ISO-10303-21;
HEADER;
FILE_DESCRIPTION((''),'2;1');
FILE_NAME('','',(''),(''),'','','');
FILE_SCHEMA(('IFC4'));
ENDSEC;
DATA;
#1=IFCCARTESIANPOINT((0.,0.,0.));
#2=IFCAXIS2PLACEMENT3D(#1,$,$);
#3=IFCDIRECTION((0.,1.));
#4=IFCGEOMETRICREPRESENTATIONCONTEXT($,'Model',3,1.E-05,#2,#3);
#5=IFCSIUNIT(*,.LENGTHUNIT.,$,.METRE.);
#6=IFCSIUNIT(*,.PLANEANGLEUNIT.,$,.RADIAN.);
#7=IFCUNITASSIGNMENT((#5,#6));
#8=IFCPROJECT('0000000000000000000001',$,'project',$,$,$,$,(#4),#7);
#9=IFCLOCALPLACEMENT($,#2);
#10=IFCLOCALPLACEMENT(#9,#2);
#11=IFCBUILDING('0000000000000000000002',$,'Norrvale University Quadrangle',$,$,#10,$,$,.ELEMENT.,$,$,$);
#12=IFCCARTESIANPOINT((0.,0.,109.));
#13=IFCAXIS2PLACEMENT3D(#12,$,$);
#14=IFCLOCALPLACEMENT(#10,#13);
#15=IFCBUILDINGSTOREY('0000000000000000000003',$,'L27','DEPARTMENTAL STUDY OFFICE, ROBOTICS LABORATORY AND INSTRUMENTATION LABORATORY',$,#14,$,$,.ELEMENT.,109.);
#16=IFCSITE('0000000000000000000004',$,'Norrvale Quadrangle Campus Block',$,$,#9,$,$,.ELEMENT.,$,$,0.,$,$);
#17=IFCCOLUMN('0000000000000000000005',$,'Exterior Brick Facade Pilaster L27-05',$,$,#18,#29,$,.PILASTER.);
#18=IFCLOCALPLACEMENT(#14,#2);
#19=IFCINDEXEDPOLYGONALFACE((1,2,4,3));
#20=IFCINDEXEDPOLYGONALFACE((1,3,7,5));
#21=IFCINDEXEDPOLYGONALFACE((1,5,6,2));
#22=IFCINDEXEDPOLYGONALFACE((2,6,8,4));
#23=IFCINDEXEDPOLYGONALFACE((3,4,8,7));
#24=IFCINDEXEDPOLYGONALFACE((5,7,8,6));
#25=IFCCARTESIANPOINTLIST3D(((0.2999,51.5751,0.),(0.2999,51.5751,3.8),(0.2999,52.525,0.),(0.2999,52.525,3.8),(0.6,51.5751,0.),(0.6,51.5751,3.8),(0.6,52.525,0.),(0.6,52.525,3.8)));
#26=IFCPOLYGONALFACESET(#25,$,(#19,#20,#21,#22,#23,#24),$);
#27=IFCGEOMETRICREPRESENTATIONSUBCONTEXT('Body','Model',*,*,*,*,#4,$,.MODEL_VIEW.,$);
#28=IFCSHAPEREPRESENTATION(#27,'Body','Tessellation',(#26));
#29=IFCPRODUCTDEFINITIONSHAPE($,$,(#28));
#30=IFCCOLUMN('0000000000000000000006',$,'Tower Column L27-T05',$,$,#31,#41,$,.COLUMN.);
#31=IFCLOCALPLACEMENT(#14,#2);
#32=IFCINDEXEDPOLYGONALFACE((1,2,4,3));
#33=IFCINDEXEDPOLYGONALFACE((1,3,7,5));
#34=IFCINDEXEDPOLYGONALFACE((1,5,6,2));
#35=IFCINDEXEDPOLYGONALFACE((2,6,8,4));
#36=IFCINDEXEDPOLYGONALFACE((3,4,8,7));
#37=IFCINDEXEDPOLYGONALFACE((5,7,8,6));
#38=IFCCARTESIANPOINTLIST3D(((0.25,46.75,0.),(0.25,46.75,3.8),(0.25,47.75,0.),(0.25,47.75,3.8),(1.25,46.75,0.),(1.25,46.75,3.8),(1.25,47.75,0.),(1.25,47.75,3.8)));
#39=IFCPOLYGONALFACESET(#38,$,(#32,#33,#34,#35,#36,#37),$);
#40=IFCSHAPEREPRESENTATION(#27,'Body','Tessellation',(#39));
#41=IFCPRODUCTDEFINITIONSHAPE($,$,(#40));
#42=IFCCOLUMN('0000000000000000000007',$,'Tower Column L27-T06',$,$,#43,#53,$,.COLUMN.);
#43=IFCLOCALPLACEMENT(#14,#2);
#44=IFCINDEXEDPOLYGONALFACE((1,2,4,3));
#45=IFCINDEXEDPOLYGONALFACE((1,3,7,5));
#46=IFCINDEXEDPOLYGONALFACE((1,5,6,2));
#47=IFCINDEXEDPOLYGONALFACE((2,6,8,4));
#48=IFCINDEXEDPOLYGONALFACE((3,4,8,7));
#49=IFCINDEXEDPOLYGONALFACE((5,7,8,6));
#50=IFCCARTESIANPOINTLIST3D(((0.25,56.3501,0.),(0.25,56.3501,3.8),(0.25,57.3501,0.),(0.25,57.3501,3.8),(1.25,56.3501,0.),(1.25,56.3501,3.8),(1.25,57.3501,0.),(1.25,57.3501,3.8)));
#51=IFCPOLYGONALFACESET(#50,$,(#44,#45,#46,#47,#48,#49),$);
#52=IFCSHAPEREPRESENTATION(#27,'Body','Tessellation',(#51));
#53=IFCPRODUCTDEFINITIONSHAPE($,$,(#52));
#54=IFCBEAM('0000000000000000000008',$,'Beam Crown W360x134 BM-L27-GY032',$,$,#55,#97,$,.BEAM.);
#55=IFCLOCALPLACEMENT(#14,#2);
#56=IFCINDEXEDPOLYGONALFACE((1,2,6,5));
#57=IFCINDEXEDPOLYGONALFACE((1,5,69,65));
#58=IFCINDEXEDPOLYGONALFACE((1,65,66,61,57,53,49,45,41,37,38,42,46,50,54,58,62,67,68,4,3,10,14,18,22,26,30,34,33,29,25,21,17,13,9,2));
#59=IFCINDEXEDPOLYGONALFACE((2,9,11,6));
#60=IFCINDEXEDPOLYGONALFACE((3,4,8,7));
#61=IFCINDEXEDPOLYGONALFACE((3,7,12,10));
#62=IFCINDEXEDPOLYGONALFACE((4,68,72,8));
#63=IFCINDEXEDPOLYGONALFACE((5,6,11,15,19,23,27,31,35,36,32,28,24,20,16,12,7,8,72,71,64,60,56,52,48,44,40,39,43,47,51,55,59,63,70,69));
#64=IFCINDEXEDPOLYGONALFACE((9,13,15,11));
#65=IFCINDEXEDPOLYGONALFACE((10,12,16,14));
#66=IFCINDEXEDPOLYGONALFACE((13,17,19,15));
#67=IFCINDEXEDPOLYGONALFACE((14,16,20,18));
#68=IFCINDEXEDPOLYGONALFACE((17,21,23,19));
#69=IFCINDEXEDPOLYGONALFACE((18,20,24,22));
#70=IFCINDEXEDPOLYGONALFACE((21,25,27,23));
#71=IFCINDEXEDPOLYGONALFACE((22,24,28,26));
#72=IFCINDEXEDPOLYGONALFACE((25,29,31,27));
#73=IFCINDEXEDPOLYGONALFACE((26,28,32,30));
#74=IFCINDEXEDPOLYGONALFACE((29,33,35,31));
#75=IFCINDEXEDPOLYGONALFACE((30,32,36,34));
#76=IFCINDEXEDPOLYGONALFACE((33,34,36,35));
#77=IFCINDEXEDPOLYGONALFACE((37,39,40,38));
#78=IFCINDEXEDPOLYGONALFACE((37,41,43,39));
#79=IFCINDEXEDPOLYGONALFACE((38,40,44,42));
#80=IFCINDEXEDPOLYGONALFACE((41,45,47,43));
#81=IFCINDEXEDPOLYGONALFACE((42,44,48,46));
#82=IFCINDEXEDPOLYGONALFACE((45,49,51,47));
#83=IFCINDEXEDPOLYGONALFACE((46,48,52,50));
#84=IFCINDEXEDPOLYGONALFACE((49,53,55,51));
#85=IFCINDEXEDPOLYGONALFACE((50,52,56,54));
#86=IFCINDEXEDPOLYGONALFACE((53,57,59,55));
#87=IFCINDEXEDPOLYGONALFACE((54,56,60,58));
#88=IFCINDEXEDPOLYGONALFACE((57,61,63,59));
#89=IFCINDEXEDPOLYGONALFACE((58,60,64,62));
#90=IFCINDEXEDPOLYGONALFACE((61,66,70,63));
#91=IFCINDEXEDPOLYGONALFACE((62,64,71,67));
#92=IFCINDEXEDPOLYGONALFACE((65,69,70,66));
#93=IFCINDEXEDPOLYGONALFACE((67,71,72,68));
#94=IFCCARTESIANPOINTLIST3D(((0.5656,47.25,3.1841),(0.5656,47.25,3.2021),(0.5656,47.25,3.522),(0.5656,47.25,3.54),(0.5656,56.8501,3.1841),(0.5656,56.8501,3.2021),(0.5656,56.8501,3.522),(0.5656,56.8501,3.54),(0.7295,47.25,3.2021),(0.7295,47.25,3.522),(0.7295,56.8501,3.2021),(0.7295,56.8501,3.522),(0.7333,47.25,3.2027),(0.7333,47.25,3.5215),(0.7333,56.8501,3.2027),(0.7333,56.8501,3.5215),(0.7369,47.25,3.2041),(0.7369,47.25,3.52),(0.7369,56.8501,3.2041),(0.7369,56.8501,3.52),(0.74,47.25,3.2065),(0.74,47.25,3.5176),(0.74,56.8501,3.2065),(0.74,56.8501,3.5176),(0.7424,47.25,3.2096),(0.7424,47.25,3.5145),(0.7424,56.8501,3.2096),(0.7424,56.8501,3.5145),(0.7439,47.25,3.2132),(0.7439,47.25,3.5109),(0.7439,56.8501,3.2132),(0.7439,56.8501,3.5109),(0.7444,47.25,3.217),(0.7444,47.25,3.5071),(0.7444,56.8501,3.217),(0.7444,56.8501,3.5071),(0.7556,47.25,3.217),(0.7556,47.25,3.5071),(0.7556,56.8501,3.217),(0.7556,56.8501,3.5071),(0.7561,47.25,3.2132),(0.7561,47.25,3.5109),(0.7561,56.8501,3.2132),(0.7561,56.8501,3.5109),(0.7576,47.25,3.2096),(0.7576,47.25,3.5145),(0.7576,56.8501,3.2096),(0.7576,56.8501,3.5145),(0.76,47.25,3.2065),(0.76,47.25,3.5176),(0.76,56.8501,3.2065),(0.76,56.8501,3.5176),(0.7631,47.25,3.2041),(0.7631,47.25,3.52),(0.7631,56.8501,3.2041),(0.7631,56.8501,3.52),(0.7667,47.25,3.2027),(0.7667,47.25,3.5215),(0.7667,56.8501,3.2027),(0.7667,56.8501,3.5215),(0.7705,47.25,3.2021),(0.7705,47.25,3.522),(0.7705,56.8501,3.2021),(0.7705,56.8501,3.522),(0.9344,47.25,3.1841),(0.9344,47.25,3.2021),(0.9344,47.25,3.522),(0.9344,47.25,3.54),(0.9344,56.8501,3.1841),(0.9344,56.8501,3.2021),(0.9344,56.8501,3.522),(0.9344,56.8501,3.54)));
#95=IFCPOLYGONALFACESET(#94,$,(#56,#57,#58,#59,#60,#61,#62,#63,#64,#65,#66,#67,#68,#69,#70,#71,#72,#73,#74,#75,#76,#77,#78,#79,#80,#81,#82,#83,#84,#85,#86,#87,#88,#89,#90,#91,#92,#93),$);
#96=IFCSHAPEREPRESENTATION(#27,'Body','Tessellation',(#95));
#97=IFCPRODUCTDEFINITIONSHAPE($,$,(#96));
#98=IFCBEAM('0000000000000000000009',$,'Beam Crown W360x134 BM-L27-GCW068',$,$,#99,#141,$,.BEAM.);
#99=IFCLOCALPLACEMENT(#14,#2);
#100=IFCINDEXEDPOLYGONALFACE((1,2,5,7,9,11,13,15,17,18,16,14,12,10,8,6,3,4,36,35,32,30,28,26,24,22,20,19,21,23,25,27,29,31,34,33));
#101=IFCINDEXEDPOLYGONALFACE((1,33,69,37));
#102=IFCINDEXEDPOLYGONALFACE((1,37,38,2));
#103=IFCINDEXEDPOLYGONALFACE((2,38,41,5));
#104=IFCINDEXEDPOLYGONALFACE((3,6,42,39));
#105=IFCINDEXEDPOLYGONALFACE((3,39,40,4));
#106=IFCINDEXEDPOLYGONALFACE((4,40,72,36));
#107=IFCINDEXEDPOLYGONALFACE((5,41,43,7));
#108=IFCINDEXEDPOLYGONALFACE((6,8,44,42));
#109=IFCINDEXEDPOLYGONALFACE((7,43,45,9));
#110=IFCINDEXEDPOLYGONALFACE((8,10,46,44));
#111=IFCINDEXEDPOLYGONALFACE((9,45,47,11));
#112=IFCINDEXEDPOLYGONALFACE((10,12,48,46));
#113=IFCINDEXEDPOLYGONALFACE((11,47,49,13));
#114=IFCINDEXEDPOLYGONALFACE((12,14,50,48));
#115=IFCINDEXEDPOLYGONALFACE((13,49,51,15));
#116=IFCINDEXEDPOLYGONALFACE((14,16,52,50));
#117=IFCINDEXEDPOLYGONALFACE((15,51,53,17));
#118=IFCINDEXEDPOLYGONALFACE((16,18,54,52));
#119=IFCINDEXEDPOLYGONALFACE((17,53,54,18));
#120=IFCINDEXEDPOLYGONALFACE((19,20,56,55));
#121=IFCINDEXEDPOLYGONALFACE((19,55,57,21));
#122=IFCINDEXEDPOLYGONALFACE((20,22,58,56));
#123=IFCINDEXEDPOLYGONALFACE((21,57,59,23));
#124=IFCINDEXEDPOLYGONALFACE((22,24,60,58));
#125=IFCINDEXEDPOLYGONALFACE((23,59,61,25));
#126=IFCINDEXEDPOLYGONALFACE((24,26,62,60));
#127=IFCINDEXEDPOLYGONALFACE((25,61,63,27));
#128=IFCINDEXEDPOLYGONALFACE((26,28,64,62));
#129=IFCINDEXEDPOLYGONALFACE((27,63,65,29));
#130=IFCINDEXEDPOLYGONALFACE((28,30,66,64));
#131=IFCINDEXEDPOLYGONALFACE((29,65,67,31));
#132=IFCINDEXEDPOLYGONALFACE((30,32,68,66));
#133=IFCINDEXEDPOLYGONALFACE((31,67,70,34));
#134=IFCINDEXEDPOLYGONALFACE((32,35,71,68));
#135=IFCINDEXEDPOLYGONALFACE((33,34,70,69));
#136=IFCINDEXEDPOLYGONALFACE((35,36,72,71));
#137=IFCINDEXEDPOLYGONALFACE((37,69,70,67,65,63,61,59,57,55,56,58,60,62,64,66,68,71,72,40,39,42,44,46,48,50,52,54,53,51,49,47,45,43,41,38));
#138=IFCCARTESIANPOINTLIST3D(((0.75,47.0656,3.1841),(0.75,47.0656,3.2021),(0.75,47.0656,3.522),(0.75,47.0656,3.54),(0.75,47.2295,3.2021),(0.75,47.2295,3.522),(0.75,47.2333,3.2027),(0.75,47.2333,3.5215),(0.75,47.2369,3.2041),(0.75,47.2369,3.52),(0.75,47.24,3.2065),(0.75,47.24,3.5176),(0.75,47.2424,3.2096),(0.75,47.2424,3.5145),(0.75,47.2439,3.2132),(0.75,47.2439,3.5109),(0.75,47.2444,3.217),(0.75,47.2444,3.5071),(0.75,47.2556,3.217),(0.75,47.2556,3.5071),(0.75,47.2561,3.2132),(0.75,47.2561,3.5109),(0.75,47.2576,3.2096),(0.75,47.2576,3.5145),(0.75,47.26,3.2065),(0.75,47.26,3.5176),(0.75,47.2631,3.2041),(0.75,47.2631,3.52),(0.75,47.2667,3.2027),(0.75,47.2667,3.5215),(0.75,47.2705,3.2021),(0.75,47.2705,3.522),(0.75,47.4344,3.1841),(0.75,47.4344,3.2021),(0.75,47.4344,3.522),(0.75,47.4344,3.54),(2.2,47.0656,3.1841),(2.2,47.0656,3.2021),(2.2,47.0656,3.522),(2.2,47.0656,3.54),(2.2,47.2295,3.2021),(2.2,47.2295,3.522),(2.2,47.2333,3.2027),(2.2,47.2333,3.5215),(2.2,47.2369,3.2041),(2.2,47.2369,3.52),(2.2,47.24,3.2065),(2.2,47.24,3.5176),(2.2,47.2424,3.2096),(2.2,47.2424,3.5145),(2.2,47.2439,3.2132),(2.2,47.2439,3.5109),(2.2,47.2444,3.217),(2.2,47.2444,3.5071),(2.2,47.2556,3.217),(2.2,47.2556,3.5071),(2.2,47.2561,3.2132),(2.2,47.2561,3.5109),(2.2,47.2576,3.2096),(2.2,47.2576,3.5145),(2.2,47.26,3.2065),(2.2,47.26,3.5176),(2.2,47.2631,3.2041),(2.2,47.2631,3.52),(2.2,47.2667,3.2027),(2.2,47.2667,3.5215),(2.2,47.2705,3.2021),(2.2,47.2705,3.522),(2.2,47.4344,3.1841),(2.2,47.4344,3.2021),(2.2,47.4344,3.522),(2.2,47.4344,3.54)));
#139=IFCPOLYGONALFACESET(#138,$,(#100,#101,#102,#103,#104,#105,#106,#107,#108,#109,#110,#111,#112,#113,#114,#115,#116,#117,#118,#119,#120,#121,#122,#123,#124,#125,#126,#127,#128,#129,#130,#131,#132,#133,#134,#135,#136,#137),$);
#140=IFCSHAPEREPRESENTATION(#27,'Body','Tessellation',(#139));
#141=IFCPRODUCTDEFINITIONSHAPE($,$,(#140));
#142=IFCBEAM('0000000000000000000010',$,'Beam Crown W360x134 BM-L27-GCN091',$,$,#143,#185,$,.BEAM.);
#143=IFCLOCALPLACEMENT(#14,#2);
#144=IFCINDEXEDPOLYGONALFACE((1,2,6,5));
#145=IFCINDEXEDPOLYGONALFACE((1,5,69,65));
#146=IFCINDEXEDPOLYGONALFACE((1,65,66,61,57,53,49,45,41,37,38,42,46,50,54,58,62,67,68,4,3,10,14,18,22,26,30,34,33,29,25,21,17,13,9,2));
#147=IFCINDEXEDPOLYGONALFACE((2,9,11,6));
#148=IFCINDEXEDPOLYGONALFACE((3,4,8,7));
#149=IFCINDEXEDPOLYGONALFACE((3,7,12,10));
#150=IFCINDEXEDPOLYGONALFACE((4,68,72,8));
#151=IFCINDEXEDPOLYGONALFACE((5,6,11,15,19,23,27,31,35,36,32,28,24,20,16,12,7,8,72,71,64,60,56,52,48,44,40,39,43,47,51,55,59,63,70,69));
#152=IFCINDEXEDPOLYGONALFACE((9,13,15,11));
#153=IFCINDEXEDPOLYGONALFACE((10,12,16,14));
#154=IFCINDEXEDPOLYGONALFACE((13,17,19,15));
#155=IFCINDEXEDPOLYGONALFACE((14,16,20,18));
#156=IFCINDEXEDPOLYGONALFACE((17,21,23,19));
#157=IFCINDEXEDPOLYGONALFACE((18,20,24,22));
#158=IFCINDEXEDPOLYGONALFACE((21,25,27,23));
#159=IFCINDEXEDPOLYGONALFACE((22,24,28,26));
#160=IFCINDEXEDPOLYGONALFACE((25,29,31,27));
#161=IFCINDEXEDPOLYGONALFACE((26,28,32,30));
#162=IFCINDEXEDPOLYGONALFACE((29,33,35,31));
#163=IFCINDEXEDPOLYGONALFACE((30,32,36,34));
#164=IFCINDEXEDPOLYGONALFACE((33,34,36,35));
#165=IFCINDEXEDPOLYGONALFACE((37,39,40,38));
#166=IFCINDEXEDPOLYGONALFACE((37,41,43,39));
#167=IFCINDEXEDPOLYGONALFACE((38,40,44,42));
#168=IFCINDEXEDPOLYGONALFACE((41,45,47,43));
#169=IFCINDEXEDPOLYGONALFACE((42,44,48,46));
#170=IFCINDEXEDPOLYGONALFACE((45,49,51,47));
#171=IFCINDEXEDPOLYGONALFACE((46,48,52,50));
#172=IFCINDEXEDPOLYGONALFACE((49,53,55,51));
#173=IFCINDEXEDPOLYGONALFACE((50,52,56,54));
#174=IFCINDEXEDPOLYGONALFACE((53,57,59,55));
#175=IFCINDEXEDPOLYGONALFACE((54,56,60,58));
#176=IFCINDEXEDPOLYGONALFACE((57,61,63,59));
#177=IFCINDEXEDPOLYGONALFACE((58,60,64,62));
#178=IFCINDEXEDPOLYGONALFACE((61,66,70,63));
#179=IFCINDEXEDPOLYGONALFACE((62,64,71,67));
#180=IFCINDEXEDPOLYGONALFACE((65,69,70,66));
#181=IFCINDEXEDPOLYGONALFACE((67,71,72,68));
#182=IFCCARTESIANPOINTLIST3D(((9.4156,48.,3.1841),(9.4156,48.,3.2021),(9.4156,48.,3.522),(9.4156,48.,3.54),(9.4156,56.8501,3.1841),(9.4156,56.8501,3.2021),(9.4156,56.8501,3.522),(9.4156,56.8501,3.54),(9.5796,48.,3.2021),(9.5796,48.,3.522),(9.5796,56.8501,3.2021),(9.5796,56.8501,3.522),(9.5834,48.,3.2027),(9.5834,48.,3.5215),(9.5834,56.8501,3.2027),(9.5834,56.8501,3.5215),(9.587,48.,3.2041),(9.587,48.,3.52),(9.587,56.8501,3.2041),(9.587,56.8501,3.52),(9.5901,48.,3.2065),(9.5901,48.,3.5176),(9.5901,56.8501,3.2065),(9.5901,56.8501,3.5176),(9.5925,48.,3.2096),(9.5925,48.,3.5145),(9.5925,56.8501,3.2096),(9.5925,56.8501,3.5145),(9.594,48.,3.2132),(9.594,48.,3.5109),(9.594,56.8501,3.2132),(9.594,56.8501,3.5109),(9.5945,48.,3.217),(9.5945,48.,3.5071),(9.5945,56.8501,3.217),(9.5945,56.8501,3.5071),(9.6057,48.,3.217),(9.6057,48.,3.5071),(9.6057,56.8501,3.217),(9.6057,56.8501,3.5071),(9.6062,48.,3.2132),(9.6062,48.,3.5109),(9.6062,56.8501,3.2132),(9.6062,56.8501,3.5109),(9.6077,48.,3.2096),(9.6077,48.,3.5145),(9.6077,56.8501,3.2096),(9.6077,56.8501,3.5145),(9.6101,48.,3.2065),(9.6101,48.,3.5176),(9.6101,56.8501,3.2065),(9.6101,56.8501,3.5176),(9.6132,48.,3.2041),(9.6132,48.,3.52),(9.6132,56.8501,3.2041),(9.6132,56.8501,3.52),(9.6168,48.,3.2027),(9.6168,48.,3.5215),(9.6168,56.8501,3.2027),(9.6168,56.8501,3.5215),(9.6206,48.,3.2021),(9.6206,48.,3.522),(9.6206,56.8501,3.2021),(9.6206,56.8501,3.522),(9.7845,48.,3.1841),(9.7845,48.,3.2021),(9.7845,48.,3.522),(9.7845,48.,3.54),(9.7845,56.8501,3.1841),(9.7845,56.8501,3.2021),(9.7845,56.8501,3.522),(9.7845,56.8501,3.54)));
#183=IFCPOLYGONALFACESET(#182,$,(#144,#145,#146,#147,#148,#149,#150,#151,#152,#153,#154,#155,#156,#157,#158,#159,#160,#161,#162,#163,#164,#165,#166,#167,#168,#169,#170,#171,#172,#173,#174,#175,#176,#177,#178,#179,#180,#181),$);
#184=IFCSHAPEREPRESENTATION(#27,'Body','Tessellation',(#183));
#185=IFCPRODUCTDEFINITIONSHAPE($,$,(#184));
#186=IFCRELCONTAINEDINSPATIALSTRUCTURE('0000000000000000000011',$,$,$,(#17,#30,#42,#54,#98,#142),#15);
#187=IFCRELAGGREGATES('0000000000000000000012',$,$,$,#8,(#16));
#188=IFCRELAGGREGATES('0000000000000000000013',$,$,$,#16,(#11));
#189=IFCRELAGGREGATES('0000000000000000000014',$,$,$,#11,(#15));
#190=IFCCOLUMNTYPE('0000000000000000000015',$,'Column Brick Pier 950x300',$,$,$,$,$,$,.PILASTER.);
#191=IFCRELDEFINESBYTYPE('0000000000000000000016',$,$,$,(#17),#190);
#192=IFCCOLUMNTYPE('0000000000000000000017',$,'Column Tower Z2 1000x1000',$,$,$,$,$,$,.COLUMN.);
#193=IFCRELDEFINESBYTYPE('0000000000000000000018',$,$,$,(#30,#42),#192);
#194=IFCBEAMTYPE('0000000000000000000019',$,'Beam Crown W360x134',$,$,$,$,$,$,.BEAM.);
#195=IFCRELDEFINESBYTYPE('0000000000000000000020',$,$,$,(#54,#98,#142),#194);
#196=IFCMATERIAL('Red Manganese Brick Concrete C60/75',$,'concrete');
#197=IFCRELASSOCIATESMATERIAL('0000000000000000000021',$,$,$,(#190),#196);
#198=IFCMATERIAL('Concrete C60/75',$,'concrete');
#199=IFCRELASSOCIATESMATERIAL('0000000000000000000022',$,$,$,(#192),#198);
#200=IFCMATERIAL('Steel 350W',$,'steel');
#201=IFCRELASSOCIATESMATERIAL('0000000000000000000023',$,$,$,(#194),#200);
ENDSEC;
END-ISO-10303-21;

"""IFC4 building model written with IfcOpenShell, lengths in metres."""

from ifc_helpers import new_model, si_unit, direction, frame, origin, origin_2d, place, context, subcontext, project, spatial, rectangle, i_section, extrude, material, material_profile, profile_set, type_object, element, save


model = new_model("IFC4")

# Units and contexts
model_context = context("Model", 3, precision=1e-05, world=origin(), true_north=direction((0.0, 1.0)))
body_context = subcontext(model_context, "Body", "Model", "MODEL_VIEW")
ifc_project = project(units=[si_unit("LENGTHUNIT", "METRE"), si_unit("PLANEANGLEUNIT", "RADIAN")], contexts=[model_context])

# Site, building, storey
site_placement = place(None, origin())
site = spatial("IfcSite", under=ifc_project, at=site_placement, Name="Norrvale Quadrangle Campus Block", CompositionType="ELEMENT", RefElevation=0.0)
building_placement = place(site_placement, origin())
building = spatial("IfcBuilding", under=site, at=building_placement, Name="Norrvale University Quadrangle", CompositionType="ELEMENT")
storey_placement = place(building_placement, frame((0.0, 0.0, 109.0)))
storey = spatial("IfcBuildingStorey", under=building, at=storey_placement, Name="L27", Description="DEPARTMENTAL STUDY OFFICE, ROBOTICS LABORATORY AND INSTRUMENTATION LABORATORY", CompositionType="ELEMENT", Elevation=109.0)

# Columns
ifc_material_1 = material(Name="Red Manganese Brick Concrete C60/75", Category="concrete")
ifc_material_profile_1 = material_profile(ifc_material_1, rectangle(XDim=0.95, YDim=0.3, at=origin_2d()), Name="Red Manganese Brick Concrete C60/75")
ifc_profile_set_1 = profile_set([ifc_material_profile_1], Name="Red Manganese Brick Concrete C60/75")
column_type_1 = type_object("IfcColumnType", Name="Column Brick Pier 950x300", PredefinedType="PILASTER", material=ifc_profile_set_1)
column_placement = place(storey_placement, frame((0.45, 52.05, 0.0), z_axis=(0.0, 0.0, 1.0), x_axis=(0.0, 1.0, 0.0)))
element("IfcColumn", 1, at=column_placement, inside=storey, type_object=column_type_1, Name="Exterior Brick Facade Pilaster L27-05", PredefinedType="PILASTER", context=body_context, shape_type="SweptSolid", body=[
    extrude(rectangle(XDim=0.95, YDim=0.3, at=origin_2d()), origin(), (0.0, 0.0, 1.0), 3.8),
])
ifc_material_2 = material(Name="Concrete C60/75", Category="concrete")
ifc_material_profile_2 = material_profile(ifc_material_2, rectangle(XDim=1.0, YDim=1.0, at=origin_2d()), Name="Concrete C60/75")
ifc_profile_set_2 = profile_set([ifc_material_profile_2], Name="Concrete C60/75")
column_type_2 = type_object("IfcColumnType", Name="Column Tower Z2 1000x1000", PredefinedType="COLUMN", material=ifc_profile_set_2)
for number, where, z_axis, x_axis, name in (
    (2, (0.75, 47.25, 0.0), (0.0, 0.0, 1.0), (1.0, 0.0, 0.0), "Tower Column L27-T05"),
    (3, (0.75, 56.8501, 0.0), (0.0, 0.0, 1.0), (1.0, 0.0, 0.0), "Tower Column L27-T06"),
):
    element("IfcColumn", number, at=place(storey_placement, frame(where, z_axis=z_axis, x_axis=x_axis)), inside=storey, type_object=column_type_2, Name=name, PredefinedType="COLUMN", context=body_context, shape_type="SweptSolid", body=[
        extrude(rectangle(XDim=1.0, YDim=1.0, at=origin_2d()), origin(), (0.0, 0.0, 1.0), 3.8),
    ])

# Beams
ifc_material_3 = material(Name="Steel 350W", Category="steel")
ifc_material_profile_3 = material_profile(ifc_material_3, i_section(OverallWidth=0.3689, OverallDepth=0.356, WebThickness=0.0112, FlangeThickness=0.0181, FilletRadius=0.0149, at=origin_2d()), Name="Steel 350W")
ifc_profile_set_3 = profile_set([ifc_material_profile_3], Name="Steel 350W")
beam_type_1 = type_object("IfcBeamType", Name="Beam Crown W360x134", PredefinedType="BEAM", material=ifc_profile_set_3)
beam_1_placement = place(storey_placement, frame((0.75, 47.25, 3.3621), z_axis=(0.0, 1.0, 0.0), x_axis=(-1.0, 0.0, 0.0)))
element("IfcBeam", 4, at=beam_1_placement, inside=storey, type_object=beam_type_1, Name="Beam Crown W360x134 BM-L27-GY032", PredefinedType="BEAM", context=body_context, shape_type="SweptSolid", body=[
    extrude(i_section(OverallWidth=0.3689, OverallDepth=0.356, WebThickness=0.0112, FlangeThickness=0.0181, FilletRadius=0.0149, at=origin_2d()), origin(), (0.0, 0.0, 1.0), 9.6001),
])
beam_2_placement = place(storey_placement, frame((0.75, 47.25, 3.3621), z_axis=(1.0, 0.0, 0.0), x_axis=(0.0, 1.0, 0.0)))
element("IfcBeam", 5, at=beam_2_placement, inside=storey, type_object=beam_type_1, Name="Beam Crown W360x134 BM-L27-GCW068", PredefinedType="BEAM", context=body_context, shape_type="SweptSolid", body=[
    extrude(i_section(OverallWidth=0.3689, OverallDepth=0.356, WebThickness=0.0112, FlangeThickness=0.0181, FilletRadius=0.0149, at=origin_2d()), origin(), (0.0, 0.0, 1.0), 1.45),
])
beam_3_placement = place(storey_placement, frame((9.6001, 48.0, 3.3621), z_axis=(0.0, 1.0, 0.0), x_axis=(-1.0, 0.0, 0.0)))
element("IfcBeam", 6, at=beam_3_placement, inside=storey, type_object=beam_type_1, Name="Beam Crown W360x134 BM-L27-GCN091", PredefinedType="BEAM", context=body_context, shape_type="SweptSolid", body=[
    extrude(i_section(OverallWidth=0.3689, OverallDepth=0.356, WebThickness=0.0112, FlangeThickness=0.0181, FilletRadius=0.0149, at=origin_2d()), origin(), (0.0, 0.0, 1.0), 8.8501),
])

save(model, "model.ifc")
